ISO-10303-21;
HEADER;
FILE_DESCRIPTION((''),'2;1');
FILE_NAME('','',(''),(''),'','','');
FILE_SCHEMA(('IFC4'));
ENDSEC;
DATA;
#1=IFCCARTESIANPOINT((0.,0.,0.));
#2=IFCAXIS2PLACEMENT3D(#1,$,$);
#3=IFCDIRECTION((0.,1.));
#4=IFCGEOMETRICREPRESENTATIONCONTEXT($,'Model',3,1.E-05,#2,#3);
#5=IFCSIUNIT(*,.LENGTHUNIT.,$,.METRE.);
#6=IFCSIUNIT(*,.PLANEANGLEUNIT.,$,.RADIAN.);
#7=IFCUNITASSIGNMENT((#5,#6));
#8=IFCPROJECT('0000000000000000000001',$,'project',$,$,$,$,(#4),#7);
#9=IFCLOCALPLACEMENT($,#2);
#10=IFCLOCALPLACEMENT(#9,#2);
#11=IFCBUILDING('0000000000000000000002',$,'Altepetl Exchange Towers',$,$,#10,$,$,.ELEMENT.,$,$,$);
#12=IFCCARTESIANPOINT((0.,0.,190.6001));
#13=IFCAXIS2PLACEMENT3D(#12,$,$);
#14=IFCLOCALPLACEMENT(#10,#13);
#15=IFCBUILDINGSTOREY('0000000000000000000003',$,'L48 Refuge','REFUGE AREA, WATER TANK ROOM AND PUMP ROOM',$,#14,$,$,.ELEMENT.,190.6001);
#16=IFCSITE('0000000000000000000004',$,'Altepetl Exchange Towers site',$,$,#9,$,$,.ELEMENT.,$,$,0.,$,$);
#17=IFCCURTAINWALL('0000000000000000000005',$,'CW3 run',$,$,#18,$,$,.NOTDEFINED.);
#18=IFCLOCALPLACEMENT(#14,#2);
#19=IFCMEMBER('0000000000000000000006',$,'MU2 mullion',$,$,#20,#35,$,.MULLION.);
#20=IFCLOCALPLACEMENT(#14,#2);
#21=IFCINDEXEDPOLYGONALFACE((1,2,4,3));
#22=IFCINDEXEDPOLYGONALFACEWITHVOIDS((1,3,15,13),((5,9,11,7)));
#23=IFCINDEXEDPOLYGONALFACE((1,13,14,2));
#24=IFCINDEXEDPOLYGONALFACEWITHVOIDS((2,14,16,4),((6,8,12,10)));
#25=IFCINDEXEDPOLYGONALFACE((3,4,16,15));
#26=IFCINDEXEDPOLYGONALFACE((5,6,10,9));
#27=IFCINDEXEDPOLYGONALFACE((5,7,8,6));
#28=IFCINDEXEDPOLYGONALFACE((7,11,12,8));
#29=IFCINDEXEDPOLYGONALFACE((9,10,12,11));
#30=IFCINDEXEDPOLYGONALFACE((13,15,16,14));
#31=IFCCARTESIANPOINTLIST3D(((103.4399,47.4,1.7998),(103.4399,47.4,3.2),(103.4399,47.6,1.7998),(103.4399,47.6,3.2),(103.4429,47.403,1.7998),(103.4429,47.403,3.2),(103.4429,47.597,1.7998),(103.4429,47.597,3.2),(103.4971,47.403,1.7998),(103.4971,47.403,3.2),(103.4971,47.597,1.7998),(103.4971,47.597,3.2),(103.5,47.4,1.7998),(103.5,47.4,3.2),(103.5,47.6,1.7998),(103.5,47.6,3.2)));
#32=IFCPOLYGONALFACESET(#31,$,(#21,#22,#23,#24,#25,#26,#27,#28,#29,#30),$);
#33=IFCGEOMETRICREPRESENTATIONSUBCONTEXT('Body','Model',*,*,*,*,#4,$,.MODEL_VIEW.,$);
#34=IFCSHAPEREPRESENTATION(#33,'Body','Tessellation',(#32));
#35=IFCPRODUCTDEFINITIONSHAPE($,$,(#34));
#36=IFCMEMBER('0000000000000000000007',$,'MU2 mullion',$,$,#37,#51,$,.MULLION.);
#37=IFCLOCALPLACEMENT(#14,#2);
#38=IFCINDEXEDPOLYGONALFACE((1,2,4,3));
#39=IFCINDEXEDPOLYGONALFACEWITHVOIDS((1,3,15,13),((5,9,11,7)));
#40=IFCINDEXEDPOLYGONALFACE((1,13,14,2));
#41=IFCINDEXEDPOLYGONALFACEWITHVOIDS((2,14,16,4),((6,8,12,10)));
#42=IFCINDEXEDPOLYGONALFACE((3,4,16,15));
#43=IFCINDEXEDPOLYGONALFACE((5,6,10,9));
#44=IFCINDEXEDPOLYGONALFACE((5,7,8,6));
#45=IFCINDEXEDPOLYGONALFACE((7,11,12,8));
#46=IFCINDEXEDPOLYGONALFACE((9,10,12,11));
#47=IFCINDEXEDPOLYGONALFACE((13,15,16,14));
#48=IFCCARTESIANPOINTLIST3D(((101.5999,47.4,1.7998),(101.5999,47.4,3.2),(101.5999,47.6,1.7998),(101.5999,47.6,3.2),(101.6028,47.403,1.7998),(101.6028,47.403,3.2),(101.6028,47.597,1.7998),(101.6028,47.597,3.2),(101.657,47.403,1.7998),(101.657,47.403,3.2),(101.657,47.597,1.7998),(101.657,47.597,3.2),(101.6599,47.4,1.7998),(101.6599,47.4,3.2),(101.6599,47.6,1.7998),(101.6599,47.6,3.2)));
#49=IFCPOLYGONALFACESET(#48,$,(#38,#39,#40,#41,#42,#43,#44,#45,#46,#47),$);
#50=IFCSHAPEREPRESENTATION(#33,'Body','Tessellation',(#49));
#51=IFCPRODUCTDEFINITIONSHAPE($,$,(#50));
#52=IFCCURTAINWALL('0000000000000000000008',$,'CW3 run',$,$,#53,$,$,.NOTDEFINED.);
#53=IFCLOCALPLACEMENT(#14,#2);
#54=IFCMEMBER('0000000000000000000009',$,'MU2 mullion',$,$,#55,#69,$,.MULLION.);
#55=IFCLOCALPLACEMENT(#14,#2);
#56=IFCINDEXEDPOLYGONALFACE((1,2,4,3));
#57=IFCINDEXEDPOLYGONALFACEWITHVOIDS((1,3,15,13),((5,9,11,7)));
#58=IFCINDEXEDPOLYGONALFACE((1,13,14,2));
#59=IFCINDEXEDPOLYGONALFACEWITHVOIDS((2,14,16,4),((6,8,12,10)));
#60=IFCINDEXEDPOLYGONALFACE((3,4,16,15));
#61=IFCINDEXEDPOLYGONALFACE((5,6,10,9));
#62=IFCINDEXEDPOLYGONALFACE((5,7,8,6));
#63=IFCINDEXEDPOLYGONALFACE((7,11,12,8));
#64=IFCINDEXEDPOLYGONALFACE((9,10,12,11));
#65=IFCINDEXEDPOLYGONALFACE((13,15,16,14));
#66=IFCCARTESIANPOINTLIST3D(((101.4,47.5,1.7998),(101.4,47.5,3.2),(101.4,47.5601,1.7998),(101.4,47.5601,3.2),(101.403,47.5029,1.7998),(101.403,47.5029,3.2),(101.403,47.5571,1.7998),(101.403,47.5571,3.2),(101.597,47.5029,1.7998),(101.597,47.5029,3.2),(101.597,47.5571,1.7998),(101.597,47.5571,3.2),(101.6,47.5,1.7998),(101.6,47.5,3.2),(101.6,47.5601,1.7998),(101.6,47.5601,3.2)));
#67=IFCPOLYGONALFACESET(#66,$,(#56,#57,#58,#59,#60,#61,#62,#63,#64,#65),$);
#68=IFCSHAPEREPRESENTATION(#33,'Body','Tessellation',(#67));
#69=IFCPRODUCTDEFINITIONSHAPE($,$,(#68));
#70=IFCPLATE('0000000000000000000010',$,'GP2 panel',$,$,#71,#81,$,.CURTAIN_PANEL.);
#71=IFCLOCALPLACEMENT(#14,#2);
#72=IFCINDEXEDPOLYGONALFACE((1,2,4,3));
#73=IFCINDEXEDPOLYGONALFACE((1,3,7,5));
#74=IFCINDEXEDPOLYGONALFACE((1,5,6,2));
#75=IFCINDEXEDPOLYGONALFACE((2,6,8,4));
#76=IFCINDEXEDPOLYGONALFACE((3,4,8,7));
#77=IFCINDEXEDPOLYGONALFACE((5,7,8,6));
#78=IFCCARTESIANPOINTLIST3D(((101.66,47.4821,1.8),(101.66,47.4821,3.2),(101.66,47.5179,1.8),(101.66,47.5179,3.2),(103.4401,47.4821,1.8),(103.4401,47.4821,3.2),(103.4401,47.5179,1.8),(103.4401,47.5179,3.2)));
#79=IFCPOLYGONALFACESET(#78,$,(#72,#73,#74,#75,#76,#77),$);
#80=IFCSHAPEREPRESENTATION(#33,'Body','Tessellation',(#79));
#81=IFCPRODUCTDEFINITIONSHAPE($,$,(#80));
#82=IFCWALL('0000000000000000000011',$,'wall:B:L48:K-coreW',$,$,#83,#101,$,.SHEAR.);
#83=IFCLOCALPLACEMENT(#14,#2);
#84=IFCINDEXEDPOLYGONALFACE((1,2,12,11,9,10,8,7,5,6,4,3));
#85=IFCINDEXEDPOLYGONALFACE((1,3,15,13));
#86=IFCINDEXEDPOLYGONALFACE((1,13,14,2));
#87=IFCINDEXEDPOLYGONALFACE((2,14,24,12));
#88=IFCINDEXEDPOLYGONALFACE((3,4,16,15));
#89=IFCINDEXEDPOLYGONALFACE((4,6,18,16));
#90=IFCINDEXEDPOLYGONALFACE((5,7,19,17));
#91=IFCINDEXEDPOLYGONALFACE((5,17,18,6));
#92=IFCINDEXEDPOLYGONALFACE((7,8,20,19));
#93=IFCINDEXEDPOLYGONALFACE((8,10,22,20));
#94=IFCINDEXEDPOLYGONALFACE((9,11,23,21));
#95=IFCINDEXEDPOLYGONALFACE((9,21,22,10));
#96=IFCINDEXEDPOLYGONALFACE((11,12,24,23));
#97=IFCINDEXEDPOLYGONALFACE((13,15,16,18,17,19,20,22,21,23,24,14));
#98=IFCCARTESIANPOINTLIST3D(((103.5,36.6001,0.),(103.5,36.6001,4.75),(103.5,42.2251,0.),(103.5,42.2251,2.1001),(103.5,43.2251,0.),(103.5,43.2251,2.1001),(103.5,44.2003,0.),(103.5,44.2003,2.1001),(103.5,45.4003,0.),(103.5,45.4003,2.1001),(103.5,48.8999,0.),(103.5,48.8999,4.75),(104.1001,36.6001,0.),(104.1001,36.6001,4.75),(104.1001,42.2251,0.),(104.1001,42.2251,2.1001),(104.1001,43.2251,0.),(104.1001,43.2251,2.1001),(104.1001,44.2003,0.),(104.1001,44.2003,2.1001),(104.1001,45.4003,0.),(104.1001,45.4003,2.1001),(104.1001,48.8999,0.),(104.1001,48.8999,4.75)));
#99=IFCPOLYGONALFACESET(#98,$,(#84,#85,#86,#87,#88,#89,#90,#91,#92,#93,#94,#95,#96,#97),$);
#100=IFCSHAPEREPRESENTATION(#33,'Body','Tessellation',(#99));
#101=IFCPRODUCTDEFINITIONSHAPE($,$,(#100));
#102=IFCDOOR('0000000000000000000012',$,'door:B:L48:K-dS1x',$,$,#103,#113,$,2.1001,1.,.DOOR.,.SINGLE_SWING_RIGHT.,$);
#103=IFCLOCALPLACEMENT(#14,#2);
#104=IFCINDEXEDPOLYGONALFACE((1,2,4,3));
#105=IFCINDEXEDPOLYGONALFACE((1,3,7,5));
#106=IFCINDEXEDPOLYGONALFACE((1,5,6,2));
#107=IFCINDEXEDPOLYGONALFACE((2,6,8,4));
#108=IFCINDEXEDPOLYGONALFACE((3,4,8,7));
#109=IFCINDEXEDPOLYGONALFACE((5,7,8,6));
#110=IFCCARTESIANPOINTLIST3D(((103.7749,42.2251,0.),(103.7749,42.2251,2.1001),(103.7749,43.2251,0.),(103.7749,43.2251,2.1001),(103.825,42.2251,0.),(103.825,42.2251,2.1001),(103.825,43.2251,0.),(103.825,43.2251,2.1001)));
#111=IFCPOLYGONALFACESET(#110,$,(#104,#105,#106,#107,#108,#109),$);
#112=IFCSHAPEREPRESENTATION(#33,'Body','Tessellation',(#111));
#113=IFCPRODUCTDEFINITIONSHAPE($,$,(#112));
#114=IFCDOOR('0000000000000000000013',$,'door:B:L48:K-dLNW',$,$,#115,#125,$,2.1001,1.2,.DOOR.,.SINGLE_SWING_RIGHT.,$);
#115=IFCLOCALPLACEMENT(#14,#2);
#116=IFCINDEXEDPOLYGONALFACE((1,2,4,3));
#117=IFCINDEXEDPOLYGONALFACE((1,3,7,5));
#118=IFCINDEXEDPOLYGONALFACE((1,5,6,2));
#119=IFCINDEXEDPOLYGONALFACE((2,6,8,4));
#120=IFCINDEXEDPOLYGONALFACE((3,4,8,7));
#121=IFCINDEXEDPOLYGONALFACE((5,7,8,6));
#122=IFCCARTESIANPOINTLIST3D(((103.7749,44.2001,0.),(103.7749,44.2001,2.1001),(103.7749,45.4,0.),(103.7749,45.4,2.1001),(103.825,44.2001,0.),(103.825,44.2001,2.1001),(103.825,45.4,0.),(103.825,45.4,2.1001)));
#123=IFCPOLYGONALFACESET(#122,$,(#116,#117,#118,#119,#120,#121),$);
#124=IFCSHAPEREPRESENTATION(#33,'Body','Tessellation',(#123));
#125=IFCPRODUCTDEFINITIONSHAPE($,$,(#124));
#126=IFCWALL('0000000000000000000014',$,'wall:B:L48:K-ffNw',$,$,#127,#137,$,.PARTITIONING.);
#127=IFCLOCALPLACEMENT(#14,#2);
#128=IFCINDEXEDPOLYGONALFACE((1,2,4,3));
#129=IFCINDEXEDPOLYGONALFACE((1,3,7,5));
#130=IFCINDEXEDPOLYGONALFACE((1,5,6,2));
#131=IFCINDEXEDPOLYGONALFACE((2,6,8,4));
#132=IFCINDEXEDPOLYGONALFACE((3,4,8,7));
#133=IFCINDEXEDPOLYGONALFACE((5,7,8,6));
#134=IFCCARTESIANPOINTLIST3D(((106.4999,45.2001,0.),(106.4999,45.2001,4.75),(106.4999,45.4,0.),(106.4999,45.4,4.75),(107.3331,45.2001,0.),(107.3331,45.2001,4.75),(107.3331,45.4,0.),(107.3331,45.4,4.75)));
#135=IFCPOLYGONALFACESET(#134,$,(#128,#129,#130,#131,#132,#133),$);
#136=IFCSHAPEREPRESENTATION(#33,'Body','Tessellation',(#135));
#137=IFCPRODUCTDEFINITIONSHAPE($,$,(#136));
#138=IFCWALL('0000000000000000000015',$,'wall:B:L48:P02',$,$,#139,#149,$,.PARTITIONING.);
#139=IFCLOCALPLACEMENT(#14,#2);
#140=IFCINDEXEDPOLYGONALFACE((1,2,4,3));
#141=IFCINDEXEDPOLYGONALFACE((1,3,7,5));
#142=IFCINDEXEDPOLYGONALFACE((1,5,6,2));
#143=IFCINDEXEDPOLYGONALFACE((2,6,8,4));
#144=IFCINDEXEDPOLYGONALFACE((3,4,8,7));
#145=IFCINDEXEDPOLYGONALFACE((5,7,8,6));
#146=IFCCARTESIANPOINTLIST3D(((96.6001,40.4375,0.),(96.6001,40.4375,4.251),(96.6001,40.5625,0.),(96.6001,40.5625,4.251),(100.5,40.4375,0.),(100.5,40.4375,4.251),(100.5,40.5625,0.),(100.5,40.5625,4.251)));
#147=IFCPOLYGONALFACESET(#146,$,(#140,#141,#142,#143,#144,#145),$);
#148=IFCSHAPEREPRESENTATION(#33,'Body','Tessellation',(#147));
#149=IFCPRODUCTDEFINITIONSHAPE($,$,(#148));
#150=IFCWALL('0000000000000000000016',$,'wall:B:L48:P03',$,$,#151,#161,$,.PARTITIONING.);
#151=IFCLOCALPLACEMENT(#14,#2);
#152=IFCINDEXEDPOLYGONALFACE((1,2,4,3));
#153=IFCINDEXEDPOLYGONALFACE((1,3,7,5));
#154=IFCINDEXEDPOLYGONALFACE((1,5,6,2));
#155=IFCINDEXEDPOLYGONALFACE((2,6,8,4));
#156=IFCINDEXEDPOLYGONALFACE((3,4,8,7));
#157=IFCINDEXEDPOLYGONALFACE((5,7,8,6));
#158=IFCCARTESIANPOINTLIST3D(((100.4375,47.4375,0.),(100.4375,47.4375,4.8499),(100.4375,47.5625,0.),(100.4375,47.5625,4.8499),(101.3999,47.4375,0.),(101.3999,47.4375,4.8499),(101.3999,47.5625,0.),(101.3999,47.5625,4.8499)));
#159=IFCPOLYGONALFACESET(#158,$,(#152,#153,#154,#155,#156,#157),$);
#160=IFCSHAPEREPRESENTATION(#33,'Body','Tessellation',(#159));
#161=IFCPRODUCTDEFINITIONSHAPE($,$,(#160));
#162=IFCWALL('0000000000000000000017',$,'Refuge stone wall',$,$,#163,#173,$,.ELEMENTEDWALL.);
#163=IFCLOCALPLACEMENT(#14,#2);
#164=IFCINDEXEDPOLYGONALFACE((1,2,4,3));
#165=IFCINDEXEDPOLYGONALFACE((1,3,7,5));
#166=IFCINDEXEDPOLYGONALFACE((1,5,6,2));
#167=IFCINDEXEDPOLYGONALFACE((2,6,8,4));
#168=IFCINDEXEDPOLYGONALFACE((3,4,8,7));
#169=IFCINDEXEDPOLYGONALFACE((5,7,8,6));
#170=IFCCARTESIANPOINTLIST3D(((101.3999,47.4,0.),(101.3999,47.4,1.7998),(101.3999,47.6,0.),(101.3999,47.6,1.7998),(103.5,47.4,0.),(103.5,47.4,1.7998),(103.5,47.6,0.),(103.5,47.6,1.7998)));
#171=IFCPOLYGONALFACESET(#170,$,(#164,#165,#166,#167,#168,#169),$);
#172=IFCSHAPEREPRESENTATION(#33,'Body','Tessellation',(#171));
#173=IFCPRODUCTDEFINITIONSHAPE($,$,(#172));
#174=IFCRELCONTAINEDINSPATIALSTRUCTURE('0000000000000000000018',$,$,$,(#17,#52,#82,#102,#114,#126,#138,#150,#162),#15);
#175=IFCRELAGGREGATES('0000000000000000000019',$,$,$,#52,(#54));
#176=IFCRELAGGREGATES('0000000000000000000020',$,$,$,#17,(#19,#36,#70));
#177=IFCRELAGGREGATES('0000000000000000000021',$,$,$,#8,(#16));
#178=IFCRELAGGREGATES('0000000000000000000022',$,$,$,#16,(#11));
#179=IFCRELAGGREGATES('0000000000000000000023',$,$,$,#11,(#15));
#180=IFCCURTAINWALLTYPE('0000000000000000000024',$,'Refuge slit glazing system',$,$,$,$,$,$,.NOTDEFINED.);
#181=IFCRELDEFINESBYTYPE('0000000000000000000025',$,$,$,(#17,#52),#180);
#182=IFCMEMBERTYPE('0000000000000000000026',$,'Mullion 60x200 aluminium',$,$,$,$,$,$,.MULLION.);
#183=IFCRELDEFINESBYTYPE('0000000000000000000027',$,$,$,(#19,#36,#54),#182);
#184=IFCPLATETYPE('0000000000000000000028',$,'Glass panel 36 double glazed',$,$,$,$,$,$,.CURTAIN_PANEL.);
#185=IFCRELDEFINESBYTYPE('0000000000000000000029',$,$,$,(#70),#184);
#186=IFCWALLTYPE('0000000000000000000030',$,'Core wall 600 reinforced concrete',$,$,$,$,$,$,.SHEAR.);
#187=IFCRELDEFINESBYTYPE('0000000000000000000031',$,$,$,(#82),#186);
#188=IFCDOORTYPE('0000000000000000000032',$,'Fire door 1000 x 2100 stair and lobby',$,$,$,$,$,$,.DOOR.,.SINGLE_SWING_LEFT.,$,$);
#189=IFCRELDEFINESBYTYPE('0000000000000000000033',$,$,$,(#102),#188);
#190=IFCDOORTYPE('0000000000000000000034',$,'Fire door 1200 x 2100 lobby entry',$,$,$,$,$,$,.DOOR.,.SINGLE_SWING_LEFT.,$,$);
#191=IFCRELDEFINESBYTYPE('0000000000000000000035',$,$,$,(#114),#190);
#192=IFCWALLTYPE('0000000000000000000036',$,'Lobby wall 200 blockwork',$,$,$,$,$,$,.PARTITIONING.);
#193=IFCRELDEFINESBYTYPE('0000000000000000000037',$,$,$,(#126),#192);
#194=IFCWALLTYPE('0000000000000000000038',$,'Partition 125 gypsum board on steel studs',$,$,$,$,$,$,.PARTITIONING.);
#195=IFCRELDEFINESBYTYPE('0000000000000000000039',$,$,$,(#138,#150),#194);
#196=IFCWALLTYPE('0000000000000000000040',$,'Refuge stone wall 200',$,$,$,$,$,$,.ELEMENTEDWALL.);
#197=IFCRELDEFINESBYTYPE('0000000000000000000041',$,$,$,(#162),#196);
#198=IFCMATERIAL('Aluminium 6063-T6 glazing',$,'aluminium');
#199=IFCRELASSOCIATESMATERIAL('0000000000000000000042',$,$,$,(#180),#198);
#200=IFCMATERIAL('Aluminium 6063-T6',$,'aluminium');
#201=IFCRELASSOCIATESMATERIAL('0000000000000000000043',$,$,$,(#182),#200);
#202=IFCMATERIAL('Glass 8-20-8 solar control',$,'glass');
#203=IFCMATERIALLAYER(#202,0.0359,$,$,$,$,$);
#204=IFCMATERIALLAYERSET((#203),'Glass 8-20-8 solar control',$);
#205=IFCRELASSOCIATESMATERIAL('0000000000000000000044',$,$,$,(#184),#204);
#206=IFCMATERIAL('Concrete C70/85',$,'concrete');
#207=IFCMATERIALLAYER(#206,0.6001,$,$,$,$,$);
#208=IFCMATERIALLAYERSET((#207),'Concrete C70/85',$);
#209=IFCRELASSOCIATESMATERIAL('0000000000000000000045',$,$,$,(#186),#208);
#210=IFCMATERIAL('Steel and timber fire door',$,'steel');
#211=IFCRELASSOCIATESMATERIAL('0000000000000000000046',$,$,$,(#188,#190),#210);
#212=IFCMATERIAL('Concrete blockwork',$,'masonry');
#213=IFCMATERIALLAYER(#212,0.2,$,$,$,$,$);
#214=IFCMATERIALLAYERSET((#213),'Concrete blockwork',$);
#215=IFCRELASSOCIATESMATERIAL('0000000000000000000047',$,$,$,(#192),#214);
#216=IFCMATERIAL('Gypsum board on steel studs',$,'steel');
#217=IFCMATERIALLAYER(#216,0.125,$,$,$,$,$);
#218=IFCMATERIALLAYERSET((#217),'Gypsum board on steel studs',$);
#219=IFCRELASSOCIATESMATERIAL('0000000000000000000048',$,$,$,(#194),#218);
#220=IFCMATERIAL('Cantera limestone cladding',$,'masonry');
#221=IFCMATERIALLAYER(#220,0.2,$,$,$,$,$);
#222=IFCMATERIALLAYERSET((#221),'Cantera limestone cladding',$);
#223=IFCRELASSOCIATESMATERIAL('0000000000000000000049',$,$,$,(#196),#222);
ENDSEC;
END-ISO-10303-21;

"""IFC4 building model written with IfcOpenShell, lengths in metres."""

from ifc_helpers import new_model, si_unit, direction, frame, frame_2d, origin, origin_2d, place, context, subcontext, project, spatial, rectangle, hollow_rectangle, extrude, material, layer, layer_set, material_profile, profile_set, type_object, element, fill, aggregate, save


model = new_model("IFC4")

# Units and contexts
model_context = context("Model", 3, precision=1e-05, world=origin(), true_north=direction((0.0, 1.0)))
body_context = subcontext(model_context, "Body", "Model", "MODEL_VIEW")
ifc_project = project(units=[si_unit("LENGTHUNIT", "METRE"), si_unit("PLANEANGLEUNIT", "RADIAN")], contexts=[model_context])

# Site, building, storey
site_placement = place(None, origin())
site = spatial("IfcSite", under=ifc_project, at=site_placement, Name="Altepetl Exchange Towers site", CompositionType="ELEMENT", RefElevation=0.0)
building_placement = place(site_placement, origin())
building = spatial("IfcBuilding", under=site, at=building_placement, Name="Altepetl Exchange Towers", CompositionType="ELEMENT")
storey_placement = place(building_placement, frame((0.0, 0.0, 190.6001)))
storey = spatial("IfcBuildingStorey", under=building, at=storey_placement, Name="L48 Refuge", Description="REFUGE AREA, WATER TANK ROOM AND PUMP ROOM", CompositionType="ELEMENT", Elevation=190.6001)

# Curtain wall, members
ifc_material_1 = material(Name="Aluminium 6063-T6 glazing", Category="aluminium")
curtain_wall_type = type_object("IfcCurtainWallType", Name="Refuge slit glazing system", PredefinedType="NOTDEFINED", material=ifc_material_1)
curtain_wall_1_placement = place(storey_placement, origin())
curtain_wall_1 = element("IfcCurtainWall", 1, at=curtain_wall_1_placement, inside=storey, type_object=curtain_wall_type, Name="CW3 run", PredefinedType="NOTDEFINED")
ifc_material_2 = material(Name="Aluminium 6063-T6", Category="aluminium")
ifc_material_profile = material_profile(ifc_material_2, hollow_rectangle(XDim=0.0601, YDim=0.2, WallThickness=0.0029, at=origin_2d()), Name="Mullion 60x200 aluminium")
ifc_profile_set = profile_set([ifc_material_profile], Name="Aluminium 6063-T6")
member_type = type_object("IfcMemberType", Name="Mullion 60x200 aluminium", PredefinedType="MULLION", material=ifc_profile_set)
member_1_placement = place(storey_placement, frame((103.47, 47.5, 1.7998), z_axis=(0.0, 0.0, 1.0), x_axis=(-1.0, 0.0, 0.0)))
member_1 = element("IfcMember", 2, at=member_1_placement, type_object=member_type, Name="MU2 mullion", PredefinedType="MULLION", context=body_context, shape_type="SweptSolid", body=[
    extrude(hollow_rectangle(XDim=0.0601, YDim=0.2, WallThickness=0.0029, at=origin_2d()), origin(), (0.0, 0.0, 1.0), 1.4001),
])
member_2_placement = place(storey_placement, frame((101.6299, 47.5, 1.7998), z_axis=(0.0, 0.0, 1.0), x_axis=(-1.0, 0.0, 0.0)))
member_2 = element("IfcMember", 3, at=member_2_placement, type_object=member_type, Name="MU2 mullion", PredefinedType="MULLION", context=body_context, shape_type="SweptSolid", body=[
    extrude(hollow_rectangle(XDim=0.0601, YDim=0.2, WallThickness=0.0029, at=origin_2d()), origin(), (0.0, 0.0, 1.0), 1.4001),
])

# Curtain wall, member
curtain_wall_2_placement = place(storey_placement, origin())
curtain_wall_2 = element("IfcCurtainWall", 4, at=curtain_wall_2_placement, inside=storey, type_object=curtain_wall_type, Name="CW3 run", PredefinedType="NOTDEFINED")
member_3_placement = place(storey_placement, frame((101.5, 47.53, 1.7998), z_axis=(0.0, 0.0, 1.0), x_axis=(0.0, 1.0, 0.0)))
member_3 = element("IfcMember", 5, at=member_3_placement, type_object=member_type, Name="MU2 mullion", PredefinedType="MULLION", context=body_context, shape_type="SweptSolid", body=[
    extrude(hollow_rectangle(XDim=0.0601, YDim=0.2, WallThickness=0.0029, at=origin_2d()), origin(), (0.0, 0.0, 1.0), 1.4001),
])
aggregate(curtain_wall_2, [member_3])

# Plate
ifc_material_3 = material(Name="Glass 8-20-8 solar control", Category="glass")
ifc_layer_1 = layer(ifc_material_3, 0.0359)
ifc_layer_set_1 = layer_set([ifc_layer_1], Name="Glass 8-20-8 solar control")
plate_type = type_object("IfcPlateType", Name="Glass panel 36 double glazed", PredefinedType="CURTAIN_PANEL", material=ifc_layer_set_1)
plate_placement = place(storey_placement, frame((102.55, 47.5, 1.8), z_axis=(0.0, 0.0, 1.0), x_axis=(-1.0, 0.0, 0.0)))
plate = element("IfcPlate", 6, at=plate_placement, type_object=plate_type, Name="GP2 panel", PredefinedType="CURTAIN_PANEL", context=body_context, shape_type="SweptSolid", body=[
    extrude(rectangle(XDim=1.78, YDim=0.0359, at=origin_2d()), origin(), (0.0, 0.0, 1.0), 1.3999),
])
aggregate(curtain_wall_1, [member_1, member_2, plate])

# Wall, openings, doors
ifc_material_4 = material(Name="Concrete C70/85", Category="concrete")
ifc_layer_2 = layer(ifc_material_4, 0.6001)
ifc_layer_set_2 = layer_set([ifc_layer_2], Name="Concrete C70/85")
wall_type_1 = type_object("IfcWallType", Name="Core wall 600 reinforced concrete", PredefinedType="SHEAR", material=ifc_layer_set_2)
wall_1_placement = place(storey_placement, frame((103.8, 36.6001, 0.0), z_axis=(0.0, 0.0, 1.0), x_axis=(0.0, 1.0, 0.0)))
wall_1 = element("IfcWall", 7, at=wall_1_placement, inside=storey, type_object=wall_type_1, Name="wall:B:L48:K-coreW", PredefinedType="SHEAR", context=body_context, shape_type="SweptSolid", body=[
    extrude(rectangle(XDim=12.2998, YDim=0.6001, at=frame_2d((6.1499, 0.0))), origin(), (0.0, 0.0, 1.0), 4.75),
])
opening_1_placement = place(wall_1_placement, frame((7.6001, 0.0, 0.0)))
opening_1 = element("IfcOpeningElement", 8, at=opening_1_placement, cuts=wall_1, PredefinedType="OPENING", context=body_context, shape_type="SweptSolid", body=[
    extrude(rectangle(XDim=1.2, YDim=2.1001, at=frame_2d((0.6001, 1.05))), frame((0.0, 0.3101, 0.0), z_axis=(0.0, -1.0, 0.0), x_axis=(1.0, 0.0, 0.0)), (0.0, 0.0, 1.0), 0.6201),
])
opening_2_placement = place(wall_1_placement, frame((5.625, 0.0, 0.0)))
opening_2 = element("IfcOpeningElement", 9, at=opening_2_placement, cuts=wall_1, PredefinedType="OPENING", context=body_context, shape_type="SweptSolid", body=[
    extrude(rectangle(XDim=1.0, YDim=2.1001, at=frame_2d((0.5, 1.05))), frame((0.0, 0.3101, 0.0), z_axis=(0.0, -1.0, 0.0), x_axis=(1.0, 0.0, 0.0)), (0.0, 0.0, 1.0), 0.6201),
])
ifc_material_5 = material(Name="Steel and timber fire door", Category="steel")
door_type_1 = type_object("IfcDoorType", Name="Fire door 1000 x 2100 stair and lobby", OperationType="SINGLE_SWING_LEFT", PredefinedType="DOOR", material=ifc_material_5)
door_1_placement = place(opening_2_placement, frame((1.0, 0.0, 0.0), x_axis=(-1.0, 0.0, 0.0)))
door_1 = element("IfcDoor", 10, at=door_1_placement, inside=storey, type_object=door_type_1, Name="door:B:L48:K-dS1x", OperationType="SINGLE_SWING_RIGHT", OverallHeight=2.1001, OverallWidth=1.0, PredefinedType="DOOR", context=body_context, shape_type="SweptSolid", body=[
    extrude(rectangle(XDim=1.0, YDim=2.1001, at=frame_2d((0.5, 1.05))), frame((0.0, 0.0249, 0.0), z_axis=(0.0, -1.0, 0.0), x_axis=(1.0, 0.0, 0.0)), (0.0, 0.0, 1.0), 0.05),
])
fill(opening_2, door_1)
door_type_2 = type_object("IfcDoorType", Name="Fire door 1200 x 2100 lobby entry", OperationType="SINGLE_SWING_LEFT", PredefinedType="DOOR", material=ifc_material_5)
door_2_placement = place(opening_1_placement, frame((1.2, 0.0, 0.0), x_axis=(-1.0, 0.0, 0.0)))
door_2 = element("IfcDoor", 11, at=door_2_placement, inside=storey, type_object=door_type_2, Name="door:B:L48:K-dLNW", OperationType="SINGLE_SWING_RIGHT", OverallHeight=2.1001, OverallWidth=1.2, PredefinedType="DOOR", context=body_context, shape_type="SweptSolid", body=[
    extrude(rectangle(XDim=1.2, YDim=2.1001, at=frame_2d((0.6001, 1.05))), frame((0.0, 0.0249, 0.0), z_axis=(0.0, -1.0, 0.0), x_axis=(1.0, 0.0, 0.0)), (0.0, 0.0, 1.0), 0.05),
])
fill(opening_1, door_2)

# Walls
ifc_material_6 = material(Name="Concrete blockwork", Category="masonry")
ifc_layer_3 = layer(ifc_material_6, 0.2)
ifc_layer_set_3 = layer_set([ifc_layer_3], Name="Concrete blockwork")
wall_type_2 = type_object("IfcWallType", Name="Lobby wall 200 blockwork", PredefinedType="PARTITIONING", material=ifc_layer_set_3)
wall_2_placement = place(storey_placement, frame((106.5, 45.3, 0.0)))
element("IfcWall", 12, at=wall_2_placement, inside=storey, type_object=wall_type_2, Name="wall:B:L48:K-ffNw", PredefinedType="PARTITIONING", context=body_context, shape_type="SweptSolid", body=[
    extrude(rectangle(XDim=0.8333, YDim=0.2, at=frame_2d((0.4165, 0.0))), origin(), (0.0, 0.0, 1.0), 4.75),
])
ifc_material_7 = material(Name="Gypsum board on steel studs", Category="steel")
ifc_layer_4 = layer(ifc_material_7, 0.125)
ifc_layer_set_4 = layer_set([ifc_layer_4], Name="Gypsum board on steel studs")
wall_type_3 = type_object("IfcWallType", Name="Partition 125 gypsum board on steel studs", PredefinedType="PARTITIONING", material=ifc_layer_set_4)
wall_3_placement = place(storey_placement, frame((96.6001, 40.5, 0.0)))
element("IfcWall", 13, at=wall_3_placement, inside=storey, type_object=wall_type_3, Name="wall:B:L48:P02", PredefinedType="PARTITIONING", context=body_context, shape_type="SweptSolid", body=[
    extrude(rectangle(XDim=3.8999, YDim=0.125, at=frame_2d((1.95, 0.0))), origin(), (0.0, 0.0, 1.0), 4.251),
])
wall_4_placement = place(storey_placement, frame((100.4375, 47.5, 0.0)))
element("IfcWall", 14, at=wall_4_placement, inside=storey, type_object=wall_type_3, Name="wall:B:L48:P03", PredefinedType="PARTITIONING", context=body_context, shape_type="SweptSolid", body=[
    extrude(rectangle(XDim=0.9624, YDim=0.125, at=frame_2d((0.4812, 0.0))), origin(), (0.0, 0.0, 1.0), 4.8499),
])
ifc_material_8 = material(Name="Cantera limestone cladding", Category="masonry")
ifc_layer_5 = layer(ifc_material_8, 0.2)
ifc_layer_set_5 = layer_set([ifc_layer_5], Name="Cantera limestone cladding")
wall_type_4 = type_object("IfcWallType", Name="Refuge stone wall 200", PredefinedType="ELEMENTEDWALL", material=ifc_layer_set_5)
wall_5_placement = place(storey_placement, frame((103.5, 47.5, 0.0), z_axis=(0.0, 0.0, 1.0), x_axis=(-1.0, 0.0, 0.0)))
element("IfcWall", 15, at=wall_5_placement, inside=storey, type_object=wall_type_4, Name="Refuge stone wall", PredefinedType="ELEMENTEDWALL", context=body_context, shape_type="SweptSolid", body=[
    extrude(rectangle(XDim=2.1001, YDim=0.2, at=frame_2d((1.05, 0.0))), origin(), (0.0, 0.0, 1.0), 1.7998),
])

save(model, "model.ifc")
